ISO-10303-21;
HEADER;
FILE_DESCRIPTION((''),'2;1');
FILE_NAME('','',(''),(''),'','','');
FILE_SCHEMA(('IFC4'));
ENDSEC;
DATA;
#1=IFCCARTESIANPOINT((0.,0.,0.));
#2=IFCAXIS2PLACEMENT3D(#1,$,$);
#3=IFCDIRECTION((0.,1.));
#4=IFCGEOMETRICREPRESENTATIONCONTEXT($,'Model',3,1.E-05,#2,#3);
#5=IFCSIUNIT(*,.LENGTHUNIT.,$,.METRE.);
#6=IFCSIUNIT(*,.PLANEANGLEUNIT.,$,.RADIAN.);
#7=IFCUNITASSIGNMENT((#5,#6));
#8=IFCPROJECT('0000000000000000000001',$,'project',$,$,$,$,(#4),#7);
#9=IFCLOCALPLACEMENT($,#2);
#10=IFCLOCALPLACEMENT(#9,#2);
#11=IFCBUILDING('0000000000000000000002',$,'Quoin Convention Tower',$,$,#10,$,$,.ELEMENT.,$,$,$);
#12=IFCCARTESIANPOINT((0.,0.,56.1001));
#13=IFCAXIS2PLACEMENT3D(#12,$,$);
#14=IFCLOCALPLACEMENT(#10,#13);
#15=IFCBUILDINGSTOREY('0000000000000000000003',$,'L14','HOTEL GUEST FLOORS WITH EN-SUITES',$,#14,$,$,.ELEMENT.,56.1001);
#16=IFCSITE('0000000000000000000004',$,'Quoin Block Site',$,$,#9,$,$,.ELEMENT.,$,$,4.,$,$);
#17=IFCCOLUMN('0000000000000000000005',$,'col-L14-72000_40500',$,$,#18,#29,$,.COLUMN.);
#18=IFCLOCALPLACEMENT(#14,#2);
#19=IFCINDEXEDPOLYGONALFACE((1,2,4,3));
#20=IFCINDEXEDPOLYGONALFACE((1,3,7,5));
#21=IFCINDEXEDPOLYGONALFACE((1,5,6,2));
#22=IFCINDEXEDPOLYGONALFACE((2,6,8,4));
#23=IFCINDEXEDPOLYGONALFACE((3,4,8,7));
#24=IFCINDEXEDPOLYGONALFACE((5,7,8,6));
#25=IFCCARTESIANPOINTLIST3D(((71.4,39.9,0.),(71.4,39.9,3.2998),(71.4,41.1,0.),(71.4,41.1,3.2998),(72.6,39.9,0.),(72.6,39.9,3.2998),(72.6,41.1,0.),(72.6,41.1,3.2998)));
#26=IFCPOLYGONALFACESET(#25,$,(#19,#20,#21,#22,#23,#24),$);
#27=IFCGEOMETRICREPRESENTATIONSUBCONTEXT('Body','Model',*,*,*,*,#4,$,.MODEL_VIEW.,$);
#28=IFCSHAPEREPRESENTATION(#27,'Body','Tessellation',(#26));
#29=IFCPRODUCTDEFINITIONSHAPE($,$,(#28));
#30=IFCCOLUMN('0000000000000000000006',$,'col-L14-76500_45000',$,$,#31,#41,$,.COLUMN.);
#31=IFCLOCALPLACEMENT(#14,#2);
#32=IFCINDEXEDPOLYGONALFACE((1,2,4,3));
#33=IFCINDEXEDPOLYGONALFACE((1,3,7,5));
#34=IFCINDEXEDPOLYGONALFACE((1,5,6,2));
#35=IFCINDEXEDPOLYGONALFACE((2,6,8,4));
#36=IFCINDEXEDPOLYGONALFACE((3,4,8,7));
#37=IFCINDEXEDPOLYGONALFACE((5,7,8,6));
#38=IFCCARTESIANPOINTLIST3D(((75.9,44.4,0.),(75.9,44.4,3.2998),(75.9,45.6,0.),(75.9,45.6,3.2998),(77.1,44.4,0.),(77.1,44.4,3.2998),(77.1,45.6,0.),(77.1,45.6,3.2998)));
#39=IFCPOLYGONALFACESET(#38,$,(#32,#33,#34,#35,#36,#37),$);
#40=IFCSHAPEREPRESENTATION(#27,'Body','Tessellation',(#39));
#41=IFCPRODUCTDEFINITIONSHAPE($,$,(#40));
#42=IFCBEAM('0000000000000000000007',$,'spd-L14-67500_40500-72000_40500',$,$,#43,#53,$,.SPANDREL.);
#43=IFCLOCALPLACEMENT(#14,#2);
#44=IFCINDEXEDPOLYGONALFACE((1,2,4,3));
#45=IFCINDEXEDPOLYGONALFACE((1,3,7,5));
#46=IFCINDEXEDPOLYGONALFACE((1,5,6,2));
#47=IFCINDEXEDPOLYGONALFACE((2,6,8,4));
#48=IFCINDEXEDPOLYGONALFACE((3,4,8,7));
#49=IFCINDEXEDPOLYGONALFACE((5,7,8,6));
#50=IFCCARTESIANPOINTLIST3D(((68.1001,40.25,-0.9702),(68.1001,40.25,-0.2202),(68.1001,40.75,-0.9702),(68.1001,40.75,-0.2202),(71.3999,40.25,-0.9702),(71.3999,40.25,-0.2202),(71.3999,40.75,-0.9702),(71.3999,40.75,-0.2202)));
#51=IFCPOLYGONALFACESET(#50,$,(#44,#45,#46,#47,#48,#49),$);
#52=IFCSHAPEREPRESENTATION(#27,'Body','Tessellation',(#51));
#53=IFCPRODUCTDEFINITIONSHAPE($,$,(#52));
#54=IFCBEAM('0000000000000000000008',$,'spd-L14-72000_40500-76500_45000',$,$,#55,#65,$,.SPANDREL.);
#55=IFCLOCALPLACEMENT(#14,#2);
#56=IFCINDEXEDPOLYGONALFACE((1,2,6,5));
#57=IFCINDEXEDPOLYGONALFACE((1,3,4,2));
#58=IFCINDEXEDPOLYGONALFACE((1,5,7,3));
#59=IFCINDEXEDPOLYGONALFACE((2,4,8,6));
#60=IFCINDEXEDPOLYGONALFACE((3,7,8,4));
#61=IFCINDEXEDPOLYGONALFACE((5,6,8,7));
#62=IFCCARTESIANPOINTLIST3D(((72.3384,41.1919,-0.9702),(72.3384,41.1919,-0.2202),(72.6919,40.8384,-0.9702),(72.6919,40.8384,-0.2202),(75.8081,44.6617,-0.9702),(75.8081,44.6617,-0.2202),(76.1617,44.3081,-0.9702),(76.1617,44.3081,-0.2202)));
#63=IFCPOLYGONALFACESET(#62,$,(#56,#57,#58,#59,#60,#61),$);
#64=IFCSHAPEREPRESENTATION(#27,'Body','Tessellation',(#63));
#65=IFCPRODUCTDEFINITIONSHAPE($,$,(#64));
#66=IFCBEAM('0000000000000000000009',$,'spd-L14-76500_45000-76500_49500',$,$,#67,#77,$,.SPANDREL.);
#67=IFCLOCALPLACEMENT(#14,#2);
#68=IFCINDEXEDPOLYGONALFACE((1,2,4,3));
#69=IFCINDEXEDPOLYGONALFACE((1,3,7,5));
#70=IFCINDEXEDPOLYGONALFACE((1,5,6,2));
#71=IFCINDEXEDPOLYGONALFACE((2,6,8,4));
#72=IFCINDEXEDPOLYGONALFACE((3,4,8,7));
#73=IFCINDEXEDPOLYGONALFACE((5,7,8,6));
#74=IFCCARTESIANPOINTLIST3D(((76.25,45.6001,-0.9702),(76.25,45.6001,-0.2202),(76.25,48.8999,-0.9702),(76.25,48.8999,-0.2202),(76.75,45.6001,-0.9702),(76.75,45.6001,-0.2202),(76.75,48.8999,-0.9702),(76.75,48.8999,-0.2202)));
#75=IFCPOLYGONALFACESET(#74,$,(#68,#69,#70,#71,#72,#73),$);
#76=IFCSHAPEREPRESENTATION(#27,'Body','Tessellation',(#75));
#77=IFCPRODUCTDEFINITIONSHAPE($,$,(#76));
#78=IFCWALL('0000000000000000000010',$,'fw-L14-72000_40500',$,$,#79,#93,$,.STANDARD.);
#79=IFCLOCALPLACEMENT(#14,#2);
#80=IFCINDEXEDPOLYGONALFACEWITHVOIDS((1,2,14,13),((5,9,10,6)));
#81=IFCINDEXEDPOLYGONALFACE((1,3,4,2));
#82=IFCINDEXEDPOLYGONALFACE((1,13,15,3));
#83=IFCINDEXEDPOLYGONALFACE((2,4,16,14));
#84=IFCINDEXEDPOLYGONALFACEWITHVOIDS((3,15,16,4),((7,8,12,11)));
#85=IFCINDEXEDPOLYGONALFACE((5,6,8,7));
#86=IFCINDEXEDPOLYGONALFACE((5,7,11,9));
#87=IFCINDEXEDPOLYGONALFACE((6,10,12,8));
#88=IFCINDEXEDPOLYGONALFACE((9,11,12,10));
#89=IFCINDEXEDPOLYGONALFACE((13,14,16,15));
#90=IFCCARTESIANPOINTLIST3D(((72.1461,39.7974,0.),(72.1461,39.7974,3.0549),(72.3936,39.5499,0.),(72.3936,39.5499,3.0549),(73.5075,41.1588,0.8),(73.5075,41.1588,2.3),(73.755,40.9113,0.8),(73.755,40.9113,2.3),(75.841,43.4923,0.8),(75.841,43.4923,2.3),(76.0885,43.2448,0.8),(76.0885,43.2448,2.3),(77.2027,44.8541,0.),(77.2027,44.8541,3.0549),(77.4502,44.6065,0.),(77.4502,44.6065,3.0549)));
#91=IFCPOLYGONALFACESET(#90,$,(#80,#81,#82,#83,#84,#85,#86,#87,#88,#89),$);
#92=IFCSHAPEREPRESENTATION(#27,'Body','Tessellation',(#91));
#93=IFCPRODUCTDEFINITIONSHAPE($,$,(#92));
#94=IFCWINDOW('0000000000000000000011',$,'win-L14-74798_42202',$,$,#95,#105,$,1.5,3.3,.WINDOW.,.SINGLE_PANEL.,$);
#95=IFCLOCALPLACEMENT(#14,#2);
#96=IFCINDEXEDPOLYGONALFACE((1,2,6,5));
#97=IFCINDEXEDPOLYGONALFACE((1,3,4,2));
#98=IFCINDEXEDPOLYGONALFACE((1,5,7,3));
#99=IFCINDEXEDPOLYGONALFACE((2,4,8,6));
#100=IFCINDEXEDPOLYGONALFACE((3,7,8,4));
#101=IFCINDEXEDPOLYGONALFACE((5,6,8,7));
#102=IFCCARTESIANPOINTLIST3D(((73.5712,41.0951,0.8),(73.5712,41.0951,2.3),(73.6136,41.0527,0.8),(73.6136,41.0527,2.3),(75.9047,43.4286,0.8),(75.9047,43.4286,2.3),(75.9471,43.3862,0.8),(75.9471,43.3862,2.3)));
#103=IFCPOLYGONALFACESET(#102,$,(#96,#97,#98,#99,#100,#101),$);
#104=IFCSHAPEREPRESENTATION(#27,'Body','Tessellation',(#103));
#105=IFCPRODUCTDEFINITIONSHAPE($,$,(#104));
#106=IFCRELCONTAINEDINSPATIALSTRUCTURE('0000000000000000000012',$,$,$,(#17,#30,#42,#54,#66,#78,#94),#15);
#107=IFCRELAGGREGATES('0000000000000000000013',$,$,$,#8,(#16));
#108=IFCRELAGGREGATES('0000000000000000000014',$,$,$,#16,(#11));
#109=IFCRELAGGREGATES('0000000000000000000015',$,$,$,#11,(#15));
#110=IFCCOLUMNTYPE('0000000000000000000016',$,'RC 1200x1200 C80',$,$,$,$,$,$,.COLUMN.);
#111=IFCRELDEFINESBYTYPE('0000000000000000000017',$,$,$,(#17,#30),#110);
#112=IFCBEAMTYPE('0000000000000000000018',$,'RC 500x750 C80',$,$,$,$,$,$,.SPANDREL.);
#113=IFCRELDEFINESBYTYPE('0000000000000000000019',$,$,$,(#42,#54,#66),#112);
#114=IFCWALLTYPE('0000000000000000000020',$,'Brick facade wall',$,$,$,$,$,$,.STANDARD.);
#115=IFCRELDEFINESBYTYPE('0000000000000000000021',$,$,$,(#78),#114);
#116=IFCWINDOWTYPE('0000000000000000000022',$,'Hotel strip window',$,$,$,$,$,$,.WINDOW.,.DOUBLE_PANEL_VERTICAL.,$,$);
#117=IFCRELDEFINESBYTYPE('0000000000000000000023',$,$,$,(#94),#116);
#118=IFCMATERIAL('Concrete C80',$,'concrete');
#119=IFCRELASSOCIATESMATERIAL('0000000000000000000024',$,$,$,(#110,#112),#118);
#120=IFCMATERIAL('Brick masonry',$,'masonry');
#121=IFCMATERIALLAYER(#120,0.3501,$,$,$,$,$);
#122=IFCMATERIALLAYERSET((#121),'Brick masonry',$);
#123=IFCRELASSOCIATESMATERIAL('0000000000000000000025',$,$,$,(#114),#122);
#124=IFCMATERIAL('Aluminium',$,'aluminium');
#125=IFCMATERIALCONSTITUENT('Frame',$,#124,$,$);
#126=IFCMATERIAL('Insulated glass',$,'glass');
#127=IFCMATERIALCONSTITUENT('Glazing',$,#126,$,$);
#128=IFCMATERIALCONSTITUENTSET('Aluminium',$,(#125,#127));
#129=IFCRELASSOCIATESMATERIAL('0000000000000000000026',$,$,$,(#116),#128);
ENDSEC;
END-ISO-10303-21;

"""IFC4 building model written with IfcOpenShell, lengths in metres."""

from ifc_helpers import new_model, si_unit, direction, frame, frame_2d, origin, origin_2d, place, context, subcontext, project, spatial, rectangle, extrude, material, layer, layer_set, constituent, constituent_set, material_profile, profile_set, type_object, element, fill, save


model = new_model("IFC4")

# Units and contexts
model_context = context("Model", 3, precision=1e-05, world=origin(), true_north=direction((0.0, 1.0)))
body_context = subcontext(model_context, "Body", "Model", "MODEL_VIEW")
ifc_project = project(units=[si_unit("LENGTHUNIT", "METRE"), si_unit("PLANEANGLEUNIT", "RADIAN")], contexts=[model_context])

# Site, building, storey
site_placement = place(None, origin())
site = spatial("IfcSite", under=ifc_project, at=site_placement, Name="Quoin Block Site", CompositionType="ELEMENT", RefElevation=4.0)
building_placement = place(site_placement, origin())
building = spatial("IfcBuilding", under=site, at=building_placement, Name="Quoin Convention Tower", CompositionType="ELEMENT")
storey_placement = place(building_placement, frame((0.0, 0.0, 56.1001)))
storey = spatial("IfcBuildingStorey", under=building, at=storey_placement, Name="L14", Description="HOTEL GUEST FLOORS WITH EN-SUITES", CompositionType="ELEMENT", Elevation=56.1001)

# Columns
ifc_material_1 = material(Name="Concrete C80", Category="concrete")
ifc_material_profile_1 = material_profile(ifc_material_1, rectangle(XDim=1.2, YDim=1.2, at=origin_2d()), Name="RC 1200x1200")
ifc_profile_set_1 = profile_set([ifc_material_profile_1], Name="Concrete C80")
column_type = type_object("IfcColumnType", Name="RC 1200x1200 C80", PredefinedType="COLUMN", material=ifc_profile_set_1)
for number, where, z_axis, x_axis, name in (
    (1, (72.0, 40.5, 0.0), (0.0, 0.0, 1.0), (1.0, 0.0, 0.0), "col-L14-72000_40500"),
    (2, (76.5, 45.0, 0.0), (0.0, 0.0, 1.0), (1.0, 0.0, 0.0), "col-L14-76500_45000"),
):
    element("IfcColumn", number, at=place(storey_placement, frame(where, z_axis=z_axis, x_axis=x_axis)), inside=storey, type_object=column_type, Name=name, PredefinedType="COLUMN", context=body_context, shape_type="SweptSolid", body=[
        extrude(rectangle(XDim=1.2, YDim=1.2, at=origin_2d()), origin(), (0.0, 0.0, 1.0), 3.2998),
    ])

# Beams
ifc_material_profile_2 = material_profile(ifc_material_1, rectangle(XDim=0.5, YDim=0.75, at=origin_2d()), Name="RC 500x750")
ifc_profile_set_2 = profile_set([ifc_material_profile_2], Name="Concrete C80")
beam_type = type_object("IfcBeamType", Name="RC 500x750 C80", PredefinedType="SPANDREL", material=ifc_profile_set_2)
beam_1_placement = place(storey_placement, frame((68.1001, 40.5, -0.5952), z_axis=(1.0, 0.0, 0.0), x_axis=(0.0, 1.0, 0.0)))
element("IfcBeam", 3, at=beam_1_placement, inside=storey, type_object=beam_type, Name="spd-L14-67500_40500-72000_40500", PredefinedType="SPANDREL", context=body_context, shape_type="SweptSolid", body=[
    extrude(rectangle(XDim=0.5, YDim=0.75, at=origin_2d()), origin(), (0.0, 0.0, 1.0), 3.2998),
])
beam_2_placement = place(storey_placement, frame((72.5151, 41.0151, -0.5952), z_axis=(0.707107, 0.707107, 0.0), x_axis=(-0.707107, 0.707107, 0.0)))
element("IfcBeam", 4, at=beam_2_placement, inside=storey, type_object=beam_type, Name="spd-L14-72000_40500-76500_45000", PredefinedType="SPANDREL", context=body_context, shape_type="SweptSolid", body=[
    extrude(rectangle(XDim=0.5, YDim=0.75, at=origin_2d()), origin(), (0.0, 0.0, 1.0), 4.907),
])
beam_3_placement = place(storey_placement, frame((76.5, 45.6001, -0.5952), z_axis=(0.0, 1.0, 0.0), x_axis=(-1.0, 0.0, 0.0)))
element("IfcBeam", 5, at=beam_3_placement, inside=storey, type_object=beam_type, Name="spd-L14-76500_45000-76500_49500", PredefinedType="SPANDREL", context=body_context, shape_type="SweptSolid", body=[
    extrude(rectangle(XDim=0.5, YDim=0.75, at=origin_2d()), origin(), (0.0, 0.0, 1.0), 3.2998),
])

# Wall, opening, window
ifc_material_2 = material(Name="Brick masonry", Category="masonry")
ifc_layer_1 = layer(ifc_material_2, 0.3501)
ifc_layer_set_1 = layer_set([ifc_layer_1], Name="Brick masonry")
wall_type_1 = type_object("IfcWallType", Name="Brick facade wall", PredefinedType="STANDARD", material=ifc_layer_set_1)
wall_1_placement = place(storey_placement, frame((72.2698, 39.6736, 0.0), z_axis=(0.0, 0.0, 1.0), x_axis=(0.707107, 0.707107, 0.0)))
wall_1 = element("IfcWall", 6, at=wall_1_placement, inside=storey, type_object=wall_type_1, Name="fw-L14-72000_40500", PredefinedType="STANDARD", context=body_context, shape_type="SweptSolid", body=[
    extrude(rectangle(XDim=7.1511, YDim=0.3501, at=frame_2d((3.5757, 0.0))), origin(), (0.0, 0.0, 1.0), 3.0549),
])
opening_1_placement = place(wall_1_placement, frame((1.9255, 0.0, 0.8)))
opening_1 = element("IfcOpeningElement", 7, at=opening_1_placement, cuts=wall_1, PredefinedType="OPENING", context=body_context, shape_type="SweptSolid", body=[
    extrude(rectangle(XDim=3.3, YDim=1.5, at=frame_2d((1.6499, 0.75))), frame((0.0, 0.1851, 0.0), z_axis=(0.0, -1.0, 0.0), x_axis=(1.0, 0.0, 0.0)), (0.0, 0.0, 1.0), 0.3701),
])
ifc_material_3 = material(Name="Aluminium", Category="aluminium")
ifc_constituent_1 = constituent(ifc_material_3, Name="Frame")
ifc_material_4 = material(Name="Insulated glass", Category="glass")
ifc_constituent_2 = constituent(ifc_material_4, Name="Glazing")
ifc_constituent_set = constituent_set(constituents=[ifc_constituent_1, ifc_constituent_2], Name="Aluminium")
window_type = type_object("IfcWindowType", Name="Hotel strip window", PartitioningType="DOUBLE_PANEL_VERTICAL", PredefinedType="WINDOW", material=ifc_constituent_set)
window_1_placement = place(opening_1_placement, origin())
window_1 = element("IfcWindow", 8, at=window_1_placement, inside=storey, type_object=window_type, Name="win-L14-74798_42202", OverallHeight=1.5, OverallWidth=3.3, PartitioningType="SINGLE_PANEL", PredefinedType="WINDOW", context=body_context, shape_type="SweptSolid", body=[
    extrude(rectangle(XDim=3.3, YDim=1.5, at=frame_2d((1.6499, 0.75))), frame((0.0, 0.085, 0.0), z_axis=(0.0, -1.0, 0.0), x_axis=(1.0, 0.0, 0.0)), (0.0, 0.0, 1.0), 0.0601),
])
fill(opening_1, window_1)

save(model, "model.ifc")
